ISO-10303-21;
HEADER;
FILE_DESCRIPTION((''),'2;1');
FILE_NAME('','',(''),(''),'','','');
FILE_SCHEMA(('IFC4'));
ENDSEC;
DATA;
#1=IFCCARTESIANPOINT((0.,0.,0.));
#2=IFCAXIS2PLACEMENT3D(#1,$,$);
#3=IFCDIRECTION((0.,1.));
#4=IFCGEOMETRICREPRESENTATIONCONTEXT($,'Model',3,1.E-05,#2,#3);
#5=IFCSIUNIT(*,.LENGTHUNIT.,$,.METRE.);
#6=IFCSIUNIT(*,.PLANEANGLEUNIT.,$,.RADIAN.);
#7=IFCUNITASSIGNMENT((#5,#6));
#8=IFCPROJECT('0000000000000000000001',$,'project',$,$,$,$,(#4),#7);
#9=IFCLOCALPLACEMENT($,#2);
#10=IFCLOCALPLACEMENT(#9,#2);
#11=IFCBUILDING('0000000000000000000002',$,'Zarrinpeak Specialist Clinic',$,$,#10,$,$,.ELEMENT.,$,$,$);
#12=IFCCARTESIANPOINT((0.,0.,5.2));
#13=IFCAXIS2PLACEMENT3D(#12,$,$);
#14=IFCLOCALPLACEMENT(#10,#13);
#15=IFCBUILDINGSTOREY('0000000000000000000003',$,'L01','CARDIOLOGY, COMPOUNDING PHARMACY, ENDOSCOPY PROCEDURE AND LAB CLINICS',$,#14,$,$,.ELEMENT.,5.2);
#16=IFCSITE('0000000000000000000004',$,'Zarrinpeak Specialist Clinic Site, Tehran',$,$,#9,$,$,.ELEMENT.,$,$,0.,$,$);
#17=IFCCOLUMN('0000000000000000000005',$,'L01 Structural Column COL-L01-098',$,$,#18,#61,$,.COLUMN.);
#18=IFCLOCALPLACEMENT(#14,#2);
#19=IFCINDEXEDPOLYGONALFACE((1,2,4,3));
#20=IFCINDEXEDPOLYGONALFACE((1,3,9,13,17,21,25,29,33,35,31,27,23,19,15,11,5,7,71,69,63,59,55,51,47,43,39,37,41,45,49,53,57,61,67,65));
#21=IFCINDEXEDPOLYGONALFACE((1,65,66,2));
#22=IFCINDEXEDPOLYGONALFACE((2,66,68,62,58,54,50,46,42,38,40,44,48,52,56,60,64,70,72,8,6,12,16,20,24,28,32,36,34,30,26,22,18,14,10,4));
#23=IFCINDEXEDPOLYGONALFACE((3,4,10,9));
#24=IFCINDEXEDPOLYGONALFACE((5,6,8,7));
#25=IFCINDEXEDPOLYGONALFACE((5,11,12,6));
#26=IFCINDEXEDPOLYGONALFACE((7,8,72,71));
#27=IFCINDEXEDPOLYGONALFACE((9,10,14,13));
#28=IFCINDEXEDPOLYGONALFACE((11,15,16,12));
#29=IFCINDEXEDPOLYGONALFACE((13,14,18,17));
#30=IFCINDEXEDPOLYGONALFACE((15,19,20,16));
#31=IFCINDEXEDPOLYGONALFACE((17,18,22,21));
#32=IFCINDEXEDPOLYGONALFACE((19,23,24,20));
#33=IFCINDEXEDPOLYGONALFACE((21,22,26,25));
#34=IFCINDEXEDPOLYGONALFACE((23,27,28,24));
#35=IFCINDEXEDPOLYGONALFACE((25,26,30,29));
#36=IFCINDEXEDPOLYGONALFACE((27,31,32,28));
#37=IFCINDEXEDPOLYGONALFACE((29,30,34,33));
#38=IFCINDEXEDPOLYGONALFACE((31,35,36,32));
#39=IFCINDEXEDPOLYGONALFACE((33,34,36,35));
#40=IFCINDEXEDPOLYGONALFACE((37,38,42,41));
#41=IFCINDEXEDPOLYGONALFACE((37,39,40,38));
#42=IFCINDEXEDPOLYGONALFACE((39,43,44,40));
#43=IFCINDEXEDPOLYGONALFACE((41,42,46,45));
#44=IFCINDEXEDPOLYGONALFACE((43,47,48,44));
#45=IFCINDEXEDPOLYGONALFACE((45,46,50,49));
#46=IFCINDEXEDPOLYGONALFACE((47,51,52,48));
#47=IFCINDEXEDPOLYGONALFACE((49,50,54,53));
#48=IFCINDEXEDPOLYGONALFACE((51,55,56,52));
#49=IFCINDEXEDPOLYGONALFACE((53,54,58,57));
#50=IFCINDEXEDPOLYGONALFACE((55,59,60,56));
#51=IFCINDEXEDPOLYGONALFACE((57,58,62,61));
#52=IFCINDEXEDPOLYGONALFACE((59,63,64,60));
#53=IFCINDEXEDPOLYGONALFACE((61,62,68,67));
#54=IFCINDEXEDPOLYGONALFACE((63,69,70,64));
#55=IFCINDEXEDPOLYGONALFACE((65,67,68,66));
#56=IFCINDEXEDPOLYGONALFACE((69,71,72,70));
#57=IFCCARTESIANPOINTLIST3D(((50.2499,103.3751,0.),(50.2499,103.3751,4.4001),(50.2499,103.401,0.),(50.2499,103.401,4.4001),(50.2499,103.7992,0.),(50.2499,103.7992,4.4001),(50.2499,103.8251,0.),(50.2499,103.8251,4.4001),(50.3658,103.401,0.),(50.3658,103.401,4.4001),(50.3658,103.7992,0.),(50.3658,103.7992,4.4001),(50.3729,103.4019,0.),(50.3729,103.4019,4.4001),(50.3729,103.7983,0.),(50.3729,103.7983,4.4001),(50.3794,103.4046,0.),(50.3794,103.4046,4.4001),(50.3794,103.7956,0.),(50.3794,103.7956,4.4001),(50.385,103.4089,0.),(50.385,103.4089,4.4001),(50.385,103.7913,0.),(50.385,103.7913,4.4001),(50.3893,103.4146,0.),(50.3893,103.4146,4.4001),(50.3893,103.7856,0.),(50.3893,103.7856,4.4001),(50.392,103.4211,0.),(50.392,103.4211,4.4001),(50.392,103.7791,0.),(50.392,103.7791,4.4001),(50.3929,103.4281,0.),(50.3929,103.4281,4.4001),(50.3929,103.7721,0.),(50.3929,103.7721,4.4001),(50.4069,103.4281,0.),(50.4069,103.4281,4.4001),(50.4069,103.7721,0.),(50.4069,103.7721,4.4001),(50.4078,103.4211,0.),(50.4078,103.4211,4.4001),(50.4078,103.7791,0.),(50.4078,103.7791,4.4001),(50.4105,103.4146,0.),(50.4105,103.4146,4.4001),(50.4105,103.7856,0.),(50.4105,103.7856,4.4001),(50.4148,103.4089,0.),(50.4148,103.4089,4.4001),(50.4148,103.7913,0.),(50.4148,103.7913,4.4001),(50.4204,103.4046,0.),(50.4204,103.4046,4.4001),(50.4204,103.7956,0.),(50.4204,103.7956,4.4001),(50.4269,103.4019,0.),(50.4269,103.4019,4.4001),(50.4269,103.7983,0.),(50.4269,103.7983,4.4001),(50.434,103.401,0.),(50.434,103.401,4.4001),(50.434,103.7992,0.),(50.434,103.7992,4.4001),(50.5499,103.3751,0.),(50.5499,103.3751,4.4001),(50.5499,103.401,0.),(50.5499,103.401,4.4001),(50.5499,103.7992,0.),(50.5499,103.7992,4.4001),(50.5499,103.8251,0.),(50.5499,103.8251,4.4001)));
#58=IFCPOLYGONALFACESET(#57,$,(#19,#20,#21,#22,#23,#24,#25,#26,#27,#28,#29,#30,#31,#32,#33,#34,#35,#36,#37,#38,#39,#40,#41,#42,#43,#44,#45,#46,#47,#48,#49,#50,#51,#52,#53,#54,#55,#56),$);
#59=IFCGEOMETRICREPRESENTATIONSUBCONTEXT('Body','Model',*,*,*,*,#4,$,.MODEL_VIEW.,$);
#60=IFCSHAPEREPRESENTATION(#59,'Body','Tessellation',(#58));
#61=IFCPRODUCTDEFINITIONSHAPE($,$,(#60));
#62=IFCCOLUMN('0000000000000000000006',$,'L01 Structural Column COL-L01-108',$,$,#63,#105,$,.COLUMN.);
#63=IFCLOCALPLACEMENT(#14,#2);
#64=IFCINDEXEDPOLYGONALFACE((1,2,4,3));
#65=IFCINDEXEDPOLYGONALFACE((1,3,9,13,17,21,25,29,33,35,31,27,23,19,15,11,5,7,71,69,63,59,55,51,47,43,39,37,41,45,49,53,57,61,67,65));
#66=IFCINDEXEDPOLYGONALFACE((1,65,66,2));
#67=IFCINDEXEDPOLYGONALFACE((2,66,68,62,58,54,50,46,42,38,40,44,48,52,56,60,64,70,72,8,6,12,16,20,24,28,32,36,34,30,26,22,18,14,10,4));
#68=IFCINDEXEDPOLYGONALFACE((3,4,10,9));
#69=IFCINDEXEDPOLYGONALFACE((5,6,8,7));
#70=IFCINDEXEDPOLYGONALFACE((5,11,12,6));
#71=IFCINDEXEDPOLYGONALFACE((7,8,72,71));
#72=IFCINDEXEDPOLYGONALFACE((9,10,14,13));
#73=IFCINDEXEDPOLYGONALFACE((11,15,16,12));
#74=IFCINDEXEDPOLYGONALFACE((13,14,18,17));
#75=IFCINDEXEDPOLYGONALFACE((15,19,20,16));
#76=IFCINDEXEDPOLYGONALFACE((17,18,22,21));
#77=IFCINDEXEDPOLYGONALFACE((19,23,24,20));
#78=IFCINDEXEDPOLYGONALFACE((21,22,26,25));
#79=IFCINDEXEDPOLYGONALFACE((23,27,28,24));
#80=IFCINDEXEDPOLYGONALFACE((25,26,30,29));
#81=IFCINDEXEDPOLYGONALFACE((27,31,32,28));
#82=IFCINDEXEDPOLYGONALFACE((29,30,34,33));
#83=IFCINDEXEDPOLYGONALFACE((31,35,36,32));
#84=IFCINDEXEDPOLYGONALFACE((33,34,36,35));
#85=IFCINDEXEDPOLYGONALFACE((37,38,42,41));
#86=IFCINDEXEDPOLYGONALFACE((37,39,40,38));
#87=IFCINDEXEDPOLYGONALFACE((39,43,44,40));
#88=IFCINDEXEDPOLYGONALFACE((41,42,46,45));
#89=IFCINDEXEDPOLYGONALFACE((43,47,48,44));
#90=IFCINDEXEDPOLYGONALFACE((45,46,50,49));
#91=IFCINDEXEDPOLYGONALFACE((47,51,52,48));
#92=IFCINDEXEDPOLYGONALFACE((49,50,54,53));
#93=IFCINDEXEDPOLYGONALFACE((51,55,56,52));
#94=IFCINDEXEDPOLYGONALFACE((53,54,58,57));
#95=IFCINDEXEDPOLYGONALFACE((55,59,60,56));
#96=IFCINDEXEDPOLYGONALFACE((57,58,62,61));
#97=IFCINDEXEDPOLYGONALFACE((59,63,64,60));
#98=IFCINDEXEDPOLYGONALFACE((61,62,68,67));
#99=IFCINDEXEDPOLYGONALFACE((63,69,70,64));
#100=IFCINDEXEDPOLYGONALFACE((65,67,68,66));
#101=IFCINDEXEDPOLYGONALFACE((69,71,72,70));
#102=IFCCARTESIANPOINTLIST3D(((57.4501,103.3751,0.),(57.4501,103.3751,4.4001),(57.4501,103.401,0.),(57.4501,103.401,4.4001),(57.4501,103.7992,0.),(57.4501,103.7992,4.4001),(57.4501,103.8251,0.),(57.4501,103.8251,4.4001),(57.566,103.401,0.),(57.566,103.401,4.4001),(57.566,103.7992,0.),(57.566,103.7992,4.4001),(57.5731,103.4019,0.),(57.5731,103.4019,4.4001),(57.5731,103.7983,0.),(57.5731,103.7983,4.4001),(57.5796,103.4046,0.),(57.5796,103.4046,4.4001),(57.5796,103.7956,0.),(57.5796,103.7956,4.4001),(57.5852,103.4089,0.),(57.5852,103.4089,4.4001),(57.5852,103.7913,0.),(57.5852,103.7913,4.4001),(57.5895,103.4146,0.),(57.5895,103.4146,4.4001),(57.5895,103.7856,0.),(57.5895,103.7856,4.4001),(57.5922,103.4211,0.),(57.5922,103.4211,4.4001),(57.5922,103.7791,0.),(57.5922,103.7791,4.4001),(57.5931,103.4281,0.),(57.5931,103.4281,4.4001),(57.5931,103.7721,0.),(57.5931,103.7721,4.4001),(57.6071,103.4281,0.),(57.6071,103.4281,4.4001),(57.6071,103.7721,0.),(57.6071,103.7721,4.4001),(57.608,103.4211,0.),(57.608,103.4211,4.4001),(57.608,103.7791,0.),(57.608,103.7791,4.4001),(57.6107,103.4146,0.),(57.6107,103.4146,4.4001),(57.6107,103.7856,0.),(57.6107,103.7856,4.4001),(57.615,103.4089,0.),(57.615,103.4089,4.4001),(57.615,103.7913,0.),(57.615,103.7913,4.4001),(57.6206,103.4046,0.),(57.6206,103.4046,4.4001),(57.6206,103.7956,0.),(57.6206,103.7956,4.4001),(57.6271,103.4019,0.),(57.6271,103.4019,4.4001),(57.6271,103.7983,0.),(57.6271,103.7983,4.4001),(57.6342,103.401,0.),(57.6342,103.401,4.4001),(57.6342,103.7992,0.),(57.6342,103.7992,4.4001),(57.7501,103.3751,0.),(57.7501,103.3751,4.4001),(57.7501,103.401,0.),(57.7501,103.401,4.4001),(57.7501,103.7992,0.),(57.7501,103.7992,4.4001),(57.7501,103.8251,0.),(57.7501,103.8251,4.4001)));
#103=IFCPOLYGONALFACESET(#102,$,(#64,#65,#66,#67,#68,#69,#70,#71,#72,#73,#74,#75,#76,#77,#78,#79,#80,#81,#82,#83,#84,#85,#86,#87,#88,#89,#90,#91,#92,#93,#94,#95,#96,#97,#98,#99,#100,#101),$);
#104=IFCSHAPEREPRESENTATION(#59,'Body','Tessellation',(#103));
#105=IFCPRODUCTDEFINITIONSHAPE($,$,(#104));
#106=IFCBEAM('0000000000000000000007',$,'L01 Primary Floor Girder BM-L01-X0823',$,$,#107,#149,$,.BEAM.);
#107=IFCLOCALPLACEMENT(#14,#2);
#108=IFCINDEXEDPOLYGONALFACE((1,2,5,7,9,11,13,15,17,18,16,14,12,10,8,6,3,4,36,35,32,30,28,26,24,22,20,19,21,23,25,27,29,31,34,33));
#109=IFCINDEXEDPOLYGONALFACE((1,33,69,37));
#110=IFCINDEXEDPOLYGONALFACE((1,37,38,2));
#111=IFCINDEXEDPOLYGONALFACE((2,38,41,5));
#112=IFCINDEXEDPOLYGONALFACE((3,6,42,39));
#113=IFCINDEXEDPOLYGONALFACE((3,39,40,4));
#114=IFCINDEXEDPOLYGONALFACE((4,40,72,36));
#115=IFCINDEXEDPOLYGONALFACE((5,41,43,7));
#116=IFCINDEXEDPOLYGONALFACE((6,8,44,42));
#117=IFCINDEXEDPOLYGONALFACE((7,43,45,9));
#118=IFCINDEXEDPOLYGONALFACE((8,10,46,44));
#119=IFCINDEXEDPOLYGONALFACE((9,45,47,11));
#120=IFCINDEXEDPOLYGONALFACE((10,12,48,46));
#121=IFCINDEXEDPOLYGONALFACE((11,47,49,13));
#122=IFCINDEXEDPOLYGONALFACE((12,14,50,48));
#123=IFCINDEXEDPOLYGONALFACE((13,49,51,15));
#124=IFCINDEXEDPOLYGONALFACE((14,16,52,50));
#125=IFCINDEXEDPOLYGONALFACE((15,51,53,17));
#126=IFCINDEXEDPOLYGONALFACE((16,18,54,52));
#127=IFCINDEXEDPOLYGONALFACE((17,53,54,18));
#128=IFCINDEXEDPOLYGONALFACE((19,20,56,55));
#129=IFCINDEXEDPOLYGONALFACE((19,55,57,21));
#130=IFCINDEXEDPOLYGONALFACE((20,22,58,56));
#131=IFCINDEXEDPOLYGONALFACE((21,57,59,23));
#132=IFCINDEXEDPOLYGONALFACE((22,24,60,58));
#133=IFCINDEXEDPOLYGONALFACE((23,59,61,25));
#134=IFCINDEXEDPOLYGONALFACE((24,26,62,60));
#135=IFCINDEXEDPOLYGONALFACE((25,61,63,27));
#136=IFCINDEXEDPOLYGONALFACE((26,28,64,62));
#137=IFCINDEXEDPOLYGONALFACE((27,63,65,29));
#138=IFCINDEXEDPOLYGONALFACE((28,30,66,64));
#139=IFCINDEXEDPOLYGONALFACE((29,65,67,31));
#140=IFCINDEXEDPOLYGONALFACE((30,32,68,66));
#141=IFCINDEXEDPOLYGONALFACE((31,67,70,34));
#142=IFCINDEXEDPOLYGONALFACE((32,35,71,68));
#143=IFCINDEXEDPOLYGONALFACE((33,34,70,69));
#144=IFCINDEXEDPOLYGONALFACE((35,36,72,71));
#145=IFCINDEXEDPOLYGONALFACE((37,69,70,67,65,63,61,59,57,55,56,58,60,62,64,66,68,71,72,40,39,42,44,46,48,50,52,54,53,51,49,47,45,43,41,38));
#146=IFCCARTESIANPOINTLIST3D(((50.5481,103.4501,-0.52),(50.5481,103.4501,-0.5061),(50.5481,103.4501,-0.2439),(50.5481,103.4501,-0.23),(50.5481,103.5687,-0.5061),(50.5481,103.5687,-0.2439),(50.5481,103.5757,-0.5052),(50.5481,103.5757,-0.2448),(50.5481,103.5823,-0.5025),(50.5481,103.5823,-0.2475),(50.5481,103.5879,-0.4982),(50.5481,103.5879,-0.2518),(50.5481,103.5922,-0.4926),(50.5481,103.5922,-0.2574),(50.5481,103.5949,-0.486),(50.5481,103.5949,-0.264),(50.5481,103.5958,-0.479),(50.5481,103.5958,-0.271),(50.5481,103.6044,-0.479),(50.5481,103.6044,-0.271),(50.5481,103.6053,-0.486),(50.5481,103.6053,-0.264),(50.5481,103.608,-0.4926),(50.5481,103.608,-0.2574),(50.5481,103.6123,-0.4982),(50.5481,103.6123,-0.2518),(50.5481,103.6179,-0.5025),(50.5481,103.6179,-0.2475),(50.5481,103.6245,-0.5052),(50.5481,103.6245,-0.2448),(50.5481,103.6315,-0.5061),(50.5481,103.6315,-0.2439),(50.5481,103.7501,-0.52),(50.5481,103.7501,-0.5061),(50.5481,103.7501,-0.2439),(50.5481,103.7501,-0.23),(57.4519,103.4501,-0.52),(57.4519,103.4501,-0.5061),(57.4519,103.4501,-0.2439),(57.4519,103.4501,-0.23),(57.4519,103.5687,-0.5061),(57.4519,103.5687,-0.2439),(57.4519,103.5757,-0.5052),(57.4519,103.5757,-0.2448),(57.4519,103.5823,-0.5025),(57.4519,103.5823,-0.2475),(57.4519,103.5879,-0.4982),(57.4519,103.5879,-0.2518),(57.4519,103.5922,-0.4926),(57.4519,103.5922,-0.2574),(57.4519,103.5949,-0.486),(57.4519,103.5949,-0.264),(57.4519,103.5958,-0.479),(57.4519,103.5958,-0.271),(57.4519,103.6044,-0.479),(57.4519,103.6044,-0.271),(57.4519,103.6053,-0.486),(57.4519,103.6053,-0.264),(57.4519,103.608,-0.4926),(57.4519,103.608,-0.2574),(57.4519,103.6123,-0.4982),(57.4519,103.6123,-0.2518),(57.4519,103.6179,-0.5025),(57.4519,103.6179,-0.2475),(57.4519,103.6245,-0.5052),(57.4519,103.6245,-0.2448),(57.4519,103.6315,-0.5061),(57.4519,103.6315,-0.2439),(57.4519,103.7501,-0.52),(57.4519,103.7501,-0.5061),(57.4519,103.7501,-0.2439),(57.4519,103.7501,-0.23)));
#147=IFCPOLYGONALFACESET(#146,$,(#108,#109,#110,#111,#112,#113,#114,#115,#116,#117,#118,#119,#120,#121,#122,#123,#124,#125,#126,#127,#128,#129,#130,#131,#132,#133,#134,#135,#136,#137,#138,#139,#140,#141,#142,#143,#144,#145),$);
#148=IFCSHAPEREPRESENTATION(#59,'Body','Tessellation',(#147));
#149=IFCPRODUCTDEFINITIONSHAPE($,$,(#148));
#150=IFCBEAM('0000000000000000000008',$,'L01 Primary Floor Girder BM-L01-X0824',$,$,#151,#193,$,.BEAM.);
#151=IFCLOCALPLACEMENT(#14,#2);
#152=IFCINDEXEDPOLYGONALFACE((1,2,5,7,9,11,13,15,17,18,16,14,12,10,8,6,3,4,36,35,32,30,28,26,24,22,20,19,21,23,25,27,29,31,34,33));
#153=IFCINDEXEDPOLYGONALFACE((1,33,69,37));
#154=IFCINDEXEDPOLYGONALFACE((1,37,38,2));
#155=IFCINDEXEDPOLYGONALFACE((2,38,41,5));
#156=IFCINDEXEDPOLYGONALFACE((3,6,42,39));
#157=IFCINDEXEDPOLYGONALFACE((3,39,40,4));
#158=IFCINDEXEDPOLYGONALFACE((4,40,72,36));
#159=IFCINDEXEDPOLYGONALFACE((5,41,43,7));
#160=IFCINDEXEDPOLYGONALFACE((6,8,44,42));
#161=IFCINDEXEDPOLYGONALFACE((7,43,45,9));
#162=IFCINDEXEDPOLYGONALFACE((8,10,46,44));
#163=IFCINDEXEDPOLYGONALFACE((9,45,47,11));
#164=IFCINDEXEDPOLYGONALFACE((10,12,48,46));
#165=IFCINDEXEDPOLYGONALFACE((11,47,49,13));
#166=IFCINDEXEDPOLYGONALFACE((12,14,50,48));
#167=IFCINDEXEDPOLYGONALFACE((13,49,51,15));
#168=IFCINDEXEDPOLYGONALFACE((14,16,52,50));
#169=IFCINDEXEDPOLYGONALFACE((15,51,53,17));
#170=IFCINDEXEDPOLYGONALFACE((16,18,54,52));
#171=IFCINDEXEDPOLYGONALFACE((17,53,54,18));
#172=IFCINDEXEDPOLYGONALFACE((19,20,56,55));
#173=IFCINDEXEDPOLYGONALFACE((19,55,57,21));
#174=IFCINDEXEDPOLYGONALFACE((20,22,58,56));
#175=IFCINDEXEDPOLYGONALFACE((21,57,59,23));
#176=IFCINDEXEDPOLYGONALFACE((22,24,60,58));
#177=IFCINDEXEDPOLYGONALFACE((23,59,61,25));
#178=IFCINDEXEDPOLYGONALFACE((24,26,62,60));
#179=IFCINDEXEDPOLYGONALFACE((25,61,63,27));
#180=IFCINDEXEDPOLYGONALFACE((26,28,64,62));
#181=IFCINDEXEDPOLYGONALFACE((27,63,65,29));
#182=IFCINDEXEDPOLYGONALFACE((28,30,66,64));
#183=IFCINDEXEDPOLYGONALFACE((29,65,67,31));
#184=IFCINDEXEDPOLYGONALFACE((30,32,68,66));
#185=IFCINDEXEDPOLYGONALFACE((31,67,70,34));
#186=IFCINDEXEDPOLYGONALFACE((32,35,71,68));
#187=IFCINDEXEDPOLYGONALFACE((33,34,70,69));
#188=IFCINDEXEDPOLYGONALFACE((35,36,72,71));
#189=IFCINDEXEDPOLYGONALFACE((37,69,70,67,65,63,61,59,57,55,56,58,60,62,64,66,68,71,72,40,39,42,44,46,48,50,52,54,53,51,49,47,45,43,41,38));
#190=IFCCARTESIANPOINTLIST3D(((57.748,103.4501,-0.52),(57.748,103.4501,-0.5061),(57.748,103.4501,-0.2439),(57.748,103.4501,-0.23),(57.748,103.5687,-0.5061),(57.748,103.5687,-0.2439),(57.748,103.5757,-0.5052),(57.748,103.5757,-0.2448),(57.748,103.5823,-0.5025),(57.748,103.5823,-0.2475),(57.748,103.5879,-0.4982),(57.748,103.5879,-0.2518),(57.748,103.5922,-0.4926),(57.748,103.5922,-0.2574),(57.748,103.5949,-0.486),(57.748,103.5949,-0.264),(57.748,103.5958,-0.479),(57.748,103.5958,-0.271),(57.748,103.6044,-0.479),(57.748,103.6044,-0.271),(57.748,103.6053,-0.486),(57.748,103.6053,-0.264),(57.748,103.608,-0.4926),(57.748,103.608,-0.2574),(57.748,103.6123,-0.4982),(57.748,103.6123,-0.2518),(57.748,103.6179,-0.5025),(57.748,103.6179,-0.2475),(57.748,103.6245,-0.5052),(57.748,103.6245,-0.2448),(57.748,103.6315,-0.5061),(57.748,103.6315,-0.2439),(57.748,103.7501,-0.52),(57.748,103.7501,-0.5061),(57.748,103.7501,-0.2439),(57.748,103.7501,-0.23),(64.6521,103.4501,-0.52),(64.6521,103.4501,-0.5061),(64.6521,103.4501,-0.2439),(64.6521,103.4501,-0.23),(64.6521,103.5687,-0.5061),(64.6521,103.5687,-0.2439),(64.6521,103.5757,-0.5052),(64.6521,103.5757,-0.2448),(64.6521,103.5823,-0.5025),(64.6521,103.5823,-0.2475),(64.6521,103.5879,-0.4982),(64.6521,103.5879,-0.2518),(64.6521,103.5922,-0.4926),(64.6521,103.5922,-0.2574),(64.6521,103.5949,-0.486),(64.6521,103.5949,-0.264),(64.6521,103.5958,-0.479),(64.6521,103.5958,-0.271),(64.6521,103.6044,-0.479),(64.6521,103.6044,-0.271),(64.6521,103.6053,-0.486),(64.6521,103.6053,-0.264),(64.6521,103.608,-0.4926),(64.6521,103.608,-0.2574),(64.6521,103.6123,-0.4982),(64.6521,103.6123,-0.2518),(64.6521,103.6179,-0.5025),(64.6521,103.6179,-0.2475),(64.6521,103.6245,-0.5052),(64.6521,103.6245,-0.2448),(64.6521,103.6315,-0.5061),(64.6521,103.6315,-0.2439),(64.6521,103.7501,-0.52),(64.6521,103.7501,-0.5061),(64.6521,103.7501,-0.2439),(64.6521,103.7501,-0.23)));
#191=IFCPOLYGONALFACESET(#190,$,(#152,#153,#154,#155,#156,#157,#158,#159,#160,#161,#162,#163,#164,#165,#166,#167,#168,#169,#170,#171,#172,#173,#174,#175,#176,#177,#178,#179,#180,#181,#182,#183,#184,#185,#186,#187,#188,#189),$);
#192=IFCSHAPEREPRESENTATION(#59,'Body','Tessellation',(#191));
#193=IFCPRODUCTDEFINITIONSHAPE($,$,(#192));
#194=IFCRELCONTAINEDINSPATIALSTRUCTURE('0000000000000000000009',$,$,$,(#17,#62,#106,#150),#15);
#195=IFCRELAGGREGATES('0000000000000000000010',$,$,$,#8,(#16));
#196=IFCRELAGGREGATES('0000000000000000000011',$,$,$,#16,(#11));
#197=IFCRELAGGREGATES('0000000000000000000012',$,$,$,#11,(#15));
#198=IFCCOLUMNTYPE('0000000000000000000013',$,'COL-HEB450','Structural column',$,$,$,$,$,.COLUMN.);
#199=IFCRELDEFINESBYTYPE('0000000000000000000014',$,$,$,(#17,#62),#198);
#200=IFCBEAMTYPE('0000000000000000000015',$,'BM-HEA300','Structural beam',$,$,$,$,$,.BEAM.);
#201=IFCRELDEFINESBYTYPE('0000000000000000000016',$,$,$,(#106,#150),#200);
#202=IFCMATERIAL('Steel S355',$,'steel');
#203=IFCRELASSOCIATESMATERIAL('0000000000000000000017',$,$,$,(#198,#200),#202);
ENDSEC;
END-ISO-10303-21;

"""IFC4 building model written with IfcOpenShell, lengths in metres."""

from ifc_helpers import new_model, si_unit, direction, frame, origin, origin_2d, place, context, subcontext, project, spatial, i_section, extrude, material, material_profile, profile_set, type_object, element, save


model = new_model("IFC4")

# Units and contexts
model_context = context("Model", 3, precision=1e-05, world=origin(), true_north=direction((0.0, 1.0)))
body_context = subcontext(model_context, "Body", "Model", "MODEL_VIEW")
ifc_project = project(units=[si_unit("LENGTHUNIT", "METRE"), si_unit("PLANEANGLEUNIT", "RADIAN")], contexts=[model_context])

# Site, building, storey
site_placement = place(None, origin())
site = spatial("IfcSite", under=ifc_project, at=site_placement, Name="Zarrinpeak Specialist Clinic Site, Tehran", CompositionType="ELEMENT", RefElevation=0.0)
building_placement = place(site_placement, origin())
building = spatial("IfcBuilding", under=site, at=building_placement, Name="Zarrinpeak Specialist Clinic", CompositionType="ELEMENT")
storey_placement = place(building_placement, frame((0.0, 0.0, 5.2)))
storey = spatial("IfcBuildingStorey", under=building, at=storey_placement, Name="L01", Description="CARDIOLOGY, COMPOUNDING PHARMACY, ENDOSCOPY PROCEDURE AND LAB CLINICS", CompositionType="ELEMENT", Elevation=5.2)

# Columns
ifc_material_1 = material(Name="Steel S355", Category="steel")
ifc_material_profile_1 = material_profile(ifc_material_1, i_section(OverallWidth=0.3, OverallDepth=0.45, WebThickness=0.0139, FlangeThickness=0.0259, FilletRadius=0.0271, at=origin_2d()), Name="HEB 450")
ifc_profile_set_1 = profile_set([ifc_material_profile_1], Name="Steel S355")
column_type = type_object("IfcColumnType", Name="COL-HEB450", Description="Structural column", PredefinedType="COLUMN", material=ifc_profile_set_1)
for number, where, z_axis, x_axis, name in (
    (1, (50.3999, 103.6001, 0.0), (0.0, 0.0, 1.0), (1.0, 0.0, 0.0), "L01 Structural Column COL-L01-098"),
    (2, (57.6001, 103.6001, 0.0), (0.0, 0.0, 1.0), (1.0, 0.0, 0.0), "L01 Structural Column COL-L01-108"),
):
    element("IfcColumn", number, at=place(storey_placement, frame(where, z_axis=z_axis, x_axis=x_axis)), inside=storey, type_object=column_type, Name=name, PredefinedType="COLUMN", context=body_context, shape_type="SweptSolid", body=[
        extrude(i_section(OverallWidth=0.3, OverallDepth=0.45, WebThickness=0.0139, FlangeThickness=0.0259, FilletRadius=0.0271, at=origin_2d()), origin(), (0.0, 0.0, 1.0), 4.4001),
    ])

# Beams
ifc_material_profile_2 = material_profile(ifc_material_1, i_section(OverallWidth=0.3, OverallDepth=0.29, WebThickness=0.0085, FlangeThickness=0.0139, FilletRadius=0.0271, at=origin_2d()), Name="HEA 300")
ifc_profile_set_2 = profile_set([ifc_material_profile_2], Name="Steel S355")
beam_type_1 = type_object("IfcBeamType", Name="BM-HEA300", Description="Structural beam", PredefinedType="BEAM", material=ifc_profile_set_2)
beam_1_placement = place(storey_placement, frame((50.5481, 103.6001, -0.375), z_axis=(1.0, 0.0, 0.0), x_axis=(0.0, 1.0, 0.0)))
element("IfcBeam", 3, at=beam_1_placement, inside=storey, type_object=beam_type_1, Name="L01 Primary Floor Girder BM-L01-X0823", PredefinedType="BEAM", context=body_context, shape_type="SweptSolid", body=[
    extrude(i_section(OverallWidth=0.3, OverallDepth=0.29, WebThickness=0.0085, FlangeThickness=0.0139, FilletRadius=0.0271, at=origin_2d()), origin(), (0.0, 0.0, 1.0), 6.9038),
])
beam_2_placement = place(storey_placement, frame((57.748, 103.6001, -0.375), z_axis=(1.0, 0.0, 0.0), x_axis=(0.0, 1.0, 0.0)))
element("IfcBeam", 4, at=beam_2_placement, inside=storey, type_object=beam_type_1, Name="L01 Primary Floor Girder BM-L01-X0824", PredefinedType="BEAM", context=body_context, shape_type="SweptSolid", body=[
    extrude(i_section(OverallWidth=0.3, OverallDepth=0.29, WebThickness=0.0085, FlangeThickness=0.0139, FilletRadius=0.0271, at=origin_2d()), origin(), (0.0, 0.0, 1.0), 6.9041),
])

save(model, "model.ifc")
